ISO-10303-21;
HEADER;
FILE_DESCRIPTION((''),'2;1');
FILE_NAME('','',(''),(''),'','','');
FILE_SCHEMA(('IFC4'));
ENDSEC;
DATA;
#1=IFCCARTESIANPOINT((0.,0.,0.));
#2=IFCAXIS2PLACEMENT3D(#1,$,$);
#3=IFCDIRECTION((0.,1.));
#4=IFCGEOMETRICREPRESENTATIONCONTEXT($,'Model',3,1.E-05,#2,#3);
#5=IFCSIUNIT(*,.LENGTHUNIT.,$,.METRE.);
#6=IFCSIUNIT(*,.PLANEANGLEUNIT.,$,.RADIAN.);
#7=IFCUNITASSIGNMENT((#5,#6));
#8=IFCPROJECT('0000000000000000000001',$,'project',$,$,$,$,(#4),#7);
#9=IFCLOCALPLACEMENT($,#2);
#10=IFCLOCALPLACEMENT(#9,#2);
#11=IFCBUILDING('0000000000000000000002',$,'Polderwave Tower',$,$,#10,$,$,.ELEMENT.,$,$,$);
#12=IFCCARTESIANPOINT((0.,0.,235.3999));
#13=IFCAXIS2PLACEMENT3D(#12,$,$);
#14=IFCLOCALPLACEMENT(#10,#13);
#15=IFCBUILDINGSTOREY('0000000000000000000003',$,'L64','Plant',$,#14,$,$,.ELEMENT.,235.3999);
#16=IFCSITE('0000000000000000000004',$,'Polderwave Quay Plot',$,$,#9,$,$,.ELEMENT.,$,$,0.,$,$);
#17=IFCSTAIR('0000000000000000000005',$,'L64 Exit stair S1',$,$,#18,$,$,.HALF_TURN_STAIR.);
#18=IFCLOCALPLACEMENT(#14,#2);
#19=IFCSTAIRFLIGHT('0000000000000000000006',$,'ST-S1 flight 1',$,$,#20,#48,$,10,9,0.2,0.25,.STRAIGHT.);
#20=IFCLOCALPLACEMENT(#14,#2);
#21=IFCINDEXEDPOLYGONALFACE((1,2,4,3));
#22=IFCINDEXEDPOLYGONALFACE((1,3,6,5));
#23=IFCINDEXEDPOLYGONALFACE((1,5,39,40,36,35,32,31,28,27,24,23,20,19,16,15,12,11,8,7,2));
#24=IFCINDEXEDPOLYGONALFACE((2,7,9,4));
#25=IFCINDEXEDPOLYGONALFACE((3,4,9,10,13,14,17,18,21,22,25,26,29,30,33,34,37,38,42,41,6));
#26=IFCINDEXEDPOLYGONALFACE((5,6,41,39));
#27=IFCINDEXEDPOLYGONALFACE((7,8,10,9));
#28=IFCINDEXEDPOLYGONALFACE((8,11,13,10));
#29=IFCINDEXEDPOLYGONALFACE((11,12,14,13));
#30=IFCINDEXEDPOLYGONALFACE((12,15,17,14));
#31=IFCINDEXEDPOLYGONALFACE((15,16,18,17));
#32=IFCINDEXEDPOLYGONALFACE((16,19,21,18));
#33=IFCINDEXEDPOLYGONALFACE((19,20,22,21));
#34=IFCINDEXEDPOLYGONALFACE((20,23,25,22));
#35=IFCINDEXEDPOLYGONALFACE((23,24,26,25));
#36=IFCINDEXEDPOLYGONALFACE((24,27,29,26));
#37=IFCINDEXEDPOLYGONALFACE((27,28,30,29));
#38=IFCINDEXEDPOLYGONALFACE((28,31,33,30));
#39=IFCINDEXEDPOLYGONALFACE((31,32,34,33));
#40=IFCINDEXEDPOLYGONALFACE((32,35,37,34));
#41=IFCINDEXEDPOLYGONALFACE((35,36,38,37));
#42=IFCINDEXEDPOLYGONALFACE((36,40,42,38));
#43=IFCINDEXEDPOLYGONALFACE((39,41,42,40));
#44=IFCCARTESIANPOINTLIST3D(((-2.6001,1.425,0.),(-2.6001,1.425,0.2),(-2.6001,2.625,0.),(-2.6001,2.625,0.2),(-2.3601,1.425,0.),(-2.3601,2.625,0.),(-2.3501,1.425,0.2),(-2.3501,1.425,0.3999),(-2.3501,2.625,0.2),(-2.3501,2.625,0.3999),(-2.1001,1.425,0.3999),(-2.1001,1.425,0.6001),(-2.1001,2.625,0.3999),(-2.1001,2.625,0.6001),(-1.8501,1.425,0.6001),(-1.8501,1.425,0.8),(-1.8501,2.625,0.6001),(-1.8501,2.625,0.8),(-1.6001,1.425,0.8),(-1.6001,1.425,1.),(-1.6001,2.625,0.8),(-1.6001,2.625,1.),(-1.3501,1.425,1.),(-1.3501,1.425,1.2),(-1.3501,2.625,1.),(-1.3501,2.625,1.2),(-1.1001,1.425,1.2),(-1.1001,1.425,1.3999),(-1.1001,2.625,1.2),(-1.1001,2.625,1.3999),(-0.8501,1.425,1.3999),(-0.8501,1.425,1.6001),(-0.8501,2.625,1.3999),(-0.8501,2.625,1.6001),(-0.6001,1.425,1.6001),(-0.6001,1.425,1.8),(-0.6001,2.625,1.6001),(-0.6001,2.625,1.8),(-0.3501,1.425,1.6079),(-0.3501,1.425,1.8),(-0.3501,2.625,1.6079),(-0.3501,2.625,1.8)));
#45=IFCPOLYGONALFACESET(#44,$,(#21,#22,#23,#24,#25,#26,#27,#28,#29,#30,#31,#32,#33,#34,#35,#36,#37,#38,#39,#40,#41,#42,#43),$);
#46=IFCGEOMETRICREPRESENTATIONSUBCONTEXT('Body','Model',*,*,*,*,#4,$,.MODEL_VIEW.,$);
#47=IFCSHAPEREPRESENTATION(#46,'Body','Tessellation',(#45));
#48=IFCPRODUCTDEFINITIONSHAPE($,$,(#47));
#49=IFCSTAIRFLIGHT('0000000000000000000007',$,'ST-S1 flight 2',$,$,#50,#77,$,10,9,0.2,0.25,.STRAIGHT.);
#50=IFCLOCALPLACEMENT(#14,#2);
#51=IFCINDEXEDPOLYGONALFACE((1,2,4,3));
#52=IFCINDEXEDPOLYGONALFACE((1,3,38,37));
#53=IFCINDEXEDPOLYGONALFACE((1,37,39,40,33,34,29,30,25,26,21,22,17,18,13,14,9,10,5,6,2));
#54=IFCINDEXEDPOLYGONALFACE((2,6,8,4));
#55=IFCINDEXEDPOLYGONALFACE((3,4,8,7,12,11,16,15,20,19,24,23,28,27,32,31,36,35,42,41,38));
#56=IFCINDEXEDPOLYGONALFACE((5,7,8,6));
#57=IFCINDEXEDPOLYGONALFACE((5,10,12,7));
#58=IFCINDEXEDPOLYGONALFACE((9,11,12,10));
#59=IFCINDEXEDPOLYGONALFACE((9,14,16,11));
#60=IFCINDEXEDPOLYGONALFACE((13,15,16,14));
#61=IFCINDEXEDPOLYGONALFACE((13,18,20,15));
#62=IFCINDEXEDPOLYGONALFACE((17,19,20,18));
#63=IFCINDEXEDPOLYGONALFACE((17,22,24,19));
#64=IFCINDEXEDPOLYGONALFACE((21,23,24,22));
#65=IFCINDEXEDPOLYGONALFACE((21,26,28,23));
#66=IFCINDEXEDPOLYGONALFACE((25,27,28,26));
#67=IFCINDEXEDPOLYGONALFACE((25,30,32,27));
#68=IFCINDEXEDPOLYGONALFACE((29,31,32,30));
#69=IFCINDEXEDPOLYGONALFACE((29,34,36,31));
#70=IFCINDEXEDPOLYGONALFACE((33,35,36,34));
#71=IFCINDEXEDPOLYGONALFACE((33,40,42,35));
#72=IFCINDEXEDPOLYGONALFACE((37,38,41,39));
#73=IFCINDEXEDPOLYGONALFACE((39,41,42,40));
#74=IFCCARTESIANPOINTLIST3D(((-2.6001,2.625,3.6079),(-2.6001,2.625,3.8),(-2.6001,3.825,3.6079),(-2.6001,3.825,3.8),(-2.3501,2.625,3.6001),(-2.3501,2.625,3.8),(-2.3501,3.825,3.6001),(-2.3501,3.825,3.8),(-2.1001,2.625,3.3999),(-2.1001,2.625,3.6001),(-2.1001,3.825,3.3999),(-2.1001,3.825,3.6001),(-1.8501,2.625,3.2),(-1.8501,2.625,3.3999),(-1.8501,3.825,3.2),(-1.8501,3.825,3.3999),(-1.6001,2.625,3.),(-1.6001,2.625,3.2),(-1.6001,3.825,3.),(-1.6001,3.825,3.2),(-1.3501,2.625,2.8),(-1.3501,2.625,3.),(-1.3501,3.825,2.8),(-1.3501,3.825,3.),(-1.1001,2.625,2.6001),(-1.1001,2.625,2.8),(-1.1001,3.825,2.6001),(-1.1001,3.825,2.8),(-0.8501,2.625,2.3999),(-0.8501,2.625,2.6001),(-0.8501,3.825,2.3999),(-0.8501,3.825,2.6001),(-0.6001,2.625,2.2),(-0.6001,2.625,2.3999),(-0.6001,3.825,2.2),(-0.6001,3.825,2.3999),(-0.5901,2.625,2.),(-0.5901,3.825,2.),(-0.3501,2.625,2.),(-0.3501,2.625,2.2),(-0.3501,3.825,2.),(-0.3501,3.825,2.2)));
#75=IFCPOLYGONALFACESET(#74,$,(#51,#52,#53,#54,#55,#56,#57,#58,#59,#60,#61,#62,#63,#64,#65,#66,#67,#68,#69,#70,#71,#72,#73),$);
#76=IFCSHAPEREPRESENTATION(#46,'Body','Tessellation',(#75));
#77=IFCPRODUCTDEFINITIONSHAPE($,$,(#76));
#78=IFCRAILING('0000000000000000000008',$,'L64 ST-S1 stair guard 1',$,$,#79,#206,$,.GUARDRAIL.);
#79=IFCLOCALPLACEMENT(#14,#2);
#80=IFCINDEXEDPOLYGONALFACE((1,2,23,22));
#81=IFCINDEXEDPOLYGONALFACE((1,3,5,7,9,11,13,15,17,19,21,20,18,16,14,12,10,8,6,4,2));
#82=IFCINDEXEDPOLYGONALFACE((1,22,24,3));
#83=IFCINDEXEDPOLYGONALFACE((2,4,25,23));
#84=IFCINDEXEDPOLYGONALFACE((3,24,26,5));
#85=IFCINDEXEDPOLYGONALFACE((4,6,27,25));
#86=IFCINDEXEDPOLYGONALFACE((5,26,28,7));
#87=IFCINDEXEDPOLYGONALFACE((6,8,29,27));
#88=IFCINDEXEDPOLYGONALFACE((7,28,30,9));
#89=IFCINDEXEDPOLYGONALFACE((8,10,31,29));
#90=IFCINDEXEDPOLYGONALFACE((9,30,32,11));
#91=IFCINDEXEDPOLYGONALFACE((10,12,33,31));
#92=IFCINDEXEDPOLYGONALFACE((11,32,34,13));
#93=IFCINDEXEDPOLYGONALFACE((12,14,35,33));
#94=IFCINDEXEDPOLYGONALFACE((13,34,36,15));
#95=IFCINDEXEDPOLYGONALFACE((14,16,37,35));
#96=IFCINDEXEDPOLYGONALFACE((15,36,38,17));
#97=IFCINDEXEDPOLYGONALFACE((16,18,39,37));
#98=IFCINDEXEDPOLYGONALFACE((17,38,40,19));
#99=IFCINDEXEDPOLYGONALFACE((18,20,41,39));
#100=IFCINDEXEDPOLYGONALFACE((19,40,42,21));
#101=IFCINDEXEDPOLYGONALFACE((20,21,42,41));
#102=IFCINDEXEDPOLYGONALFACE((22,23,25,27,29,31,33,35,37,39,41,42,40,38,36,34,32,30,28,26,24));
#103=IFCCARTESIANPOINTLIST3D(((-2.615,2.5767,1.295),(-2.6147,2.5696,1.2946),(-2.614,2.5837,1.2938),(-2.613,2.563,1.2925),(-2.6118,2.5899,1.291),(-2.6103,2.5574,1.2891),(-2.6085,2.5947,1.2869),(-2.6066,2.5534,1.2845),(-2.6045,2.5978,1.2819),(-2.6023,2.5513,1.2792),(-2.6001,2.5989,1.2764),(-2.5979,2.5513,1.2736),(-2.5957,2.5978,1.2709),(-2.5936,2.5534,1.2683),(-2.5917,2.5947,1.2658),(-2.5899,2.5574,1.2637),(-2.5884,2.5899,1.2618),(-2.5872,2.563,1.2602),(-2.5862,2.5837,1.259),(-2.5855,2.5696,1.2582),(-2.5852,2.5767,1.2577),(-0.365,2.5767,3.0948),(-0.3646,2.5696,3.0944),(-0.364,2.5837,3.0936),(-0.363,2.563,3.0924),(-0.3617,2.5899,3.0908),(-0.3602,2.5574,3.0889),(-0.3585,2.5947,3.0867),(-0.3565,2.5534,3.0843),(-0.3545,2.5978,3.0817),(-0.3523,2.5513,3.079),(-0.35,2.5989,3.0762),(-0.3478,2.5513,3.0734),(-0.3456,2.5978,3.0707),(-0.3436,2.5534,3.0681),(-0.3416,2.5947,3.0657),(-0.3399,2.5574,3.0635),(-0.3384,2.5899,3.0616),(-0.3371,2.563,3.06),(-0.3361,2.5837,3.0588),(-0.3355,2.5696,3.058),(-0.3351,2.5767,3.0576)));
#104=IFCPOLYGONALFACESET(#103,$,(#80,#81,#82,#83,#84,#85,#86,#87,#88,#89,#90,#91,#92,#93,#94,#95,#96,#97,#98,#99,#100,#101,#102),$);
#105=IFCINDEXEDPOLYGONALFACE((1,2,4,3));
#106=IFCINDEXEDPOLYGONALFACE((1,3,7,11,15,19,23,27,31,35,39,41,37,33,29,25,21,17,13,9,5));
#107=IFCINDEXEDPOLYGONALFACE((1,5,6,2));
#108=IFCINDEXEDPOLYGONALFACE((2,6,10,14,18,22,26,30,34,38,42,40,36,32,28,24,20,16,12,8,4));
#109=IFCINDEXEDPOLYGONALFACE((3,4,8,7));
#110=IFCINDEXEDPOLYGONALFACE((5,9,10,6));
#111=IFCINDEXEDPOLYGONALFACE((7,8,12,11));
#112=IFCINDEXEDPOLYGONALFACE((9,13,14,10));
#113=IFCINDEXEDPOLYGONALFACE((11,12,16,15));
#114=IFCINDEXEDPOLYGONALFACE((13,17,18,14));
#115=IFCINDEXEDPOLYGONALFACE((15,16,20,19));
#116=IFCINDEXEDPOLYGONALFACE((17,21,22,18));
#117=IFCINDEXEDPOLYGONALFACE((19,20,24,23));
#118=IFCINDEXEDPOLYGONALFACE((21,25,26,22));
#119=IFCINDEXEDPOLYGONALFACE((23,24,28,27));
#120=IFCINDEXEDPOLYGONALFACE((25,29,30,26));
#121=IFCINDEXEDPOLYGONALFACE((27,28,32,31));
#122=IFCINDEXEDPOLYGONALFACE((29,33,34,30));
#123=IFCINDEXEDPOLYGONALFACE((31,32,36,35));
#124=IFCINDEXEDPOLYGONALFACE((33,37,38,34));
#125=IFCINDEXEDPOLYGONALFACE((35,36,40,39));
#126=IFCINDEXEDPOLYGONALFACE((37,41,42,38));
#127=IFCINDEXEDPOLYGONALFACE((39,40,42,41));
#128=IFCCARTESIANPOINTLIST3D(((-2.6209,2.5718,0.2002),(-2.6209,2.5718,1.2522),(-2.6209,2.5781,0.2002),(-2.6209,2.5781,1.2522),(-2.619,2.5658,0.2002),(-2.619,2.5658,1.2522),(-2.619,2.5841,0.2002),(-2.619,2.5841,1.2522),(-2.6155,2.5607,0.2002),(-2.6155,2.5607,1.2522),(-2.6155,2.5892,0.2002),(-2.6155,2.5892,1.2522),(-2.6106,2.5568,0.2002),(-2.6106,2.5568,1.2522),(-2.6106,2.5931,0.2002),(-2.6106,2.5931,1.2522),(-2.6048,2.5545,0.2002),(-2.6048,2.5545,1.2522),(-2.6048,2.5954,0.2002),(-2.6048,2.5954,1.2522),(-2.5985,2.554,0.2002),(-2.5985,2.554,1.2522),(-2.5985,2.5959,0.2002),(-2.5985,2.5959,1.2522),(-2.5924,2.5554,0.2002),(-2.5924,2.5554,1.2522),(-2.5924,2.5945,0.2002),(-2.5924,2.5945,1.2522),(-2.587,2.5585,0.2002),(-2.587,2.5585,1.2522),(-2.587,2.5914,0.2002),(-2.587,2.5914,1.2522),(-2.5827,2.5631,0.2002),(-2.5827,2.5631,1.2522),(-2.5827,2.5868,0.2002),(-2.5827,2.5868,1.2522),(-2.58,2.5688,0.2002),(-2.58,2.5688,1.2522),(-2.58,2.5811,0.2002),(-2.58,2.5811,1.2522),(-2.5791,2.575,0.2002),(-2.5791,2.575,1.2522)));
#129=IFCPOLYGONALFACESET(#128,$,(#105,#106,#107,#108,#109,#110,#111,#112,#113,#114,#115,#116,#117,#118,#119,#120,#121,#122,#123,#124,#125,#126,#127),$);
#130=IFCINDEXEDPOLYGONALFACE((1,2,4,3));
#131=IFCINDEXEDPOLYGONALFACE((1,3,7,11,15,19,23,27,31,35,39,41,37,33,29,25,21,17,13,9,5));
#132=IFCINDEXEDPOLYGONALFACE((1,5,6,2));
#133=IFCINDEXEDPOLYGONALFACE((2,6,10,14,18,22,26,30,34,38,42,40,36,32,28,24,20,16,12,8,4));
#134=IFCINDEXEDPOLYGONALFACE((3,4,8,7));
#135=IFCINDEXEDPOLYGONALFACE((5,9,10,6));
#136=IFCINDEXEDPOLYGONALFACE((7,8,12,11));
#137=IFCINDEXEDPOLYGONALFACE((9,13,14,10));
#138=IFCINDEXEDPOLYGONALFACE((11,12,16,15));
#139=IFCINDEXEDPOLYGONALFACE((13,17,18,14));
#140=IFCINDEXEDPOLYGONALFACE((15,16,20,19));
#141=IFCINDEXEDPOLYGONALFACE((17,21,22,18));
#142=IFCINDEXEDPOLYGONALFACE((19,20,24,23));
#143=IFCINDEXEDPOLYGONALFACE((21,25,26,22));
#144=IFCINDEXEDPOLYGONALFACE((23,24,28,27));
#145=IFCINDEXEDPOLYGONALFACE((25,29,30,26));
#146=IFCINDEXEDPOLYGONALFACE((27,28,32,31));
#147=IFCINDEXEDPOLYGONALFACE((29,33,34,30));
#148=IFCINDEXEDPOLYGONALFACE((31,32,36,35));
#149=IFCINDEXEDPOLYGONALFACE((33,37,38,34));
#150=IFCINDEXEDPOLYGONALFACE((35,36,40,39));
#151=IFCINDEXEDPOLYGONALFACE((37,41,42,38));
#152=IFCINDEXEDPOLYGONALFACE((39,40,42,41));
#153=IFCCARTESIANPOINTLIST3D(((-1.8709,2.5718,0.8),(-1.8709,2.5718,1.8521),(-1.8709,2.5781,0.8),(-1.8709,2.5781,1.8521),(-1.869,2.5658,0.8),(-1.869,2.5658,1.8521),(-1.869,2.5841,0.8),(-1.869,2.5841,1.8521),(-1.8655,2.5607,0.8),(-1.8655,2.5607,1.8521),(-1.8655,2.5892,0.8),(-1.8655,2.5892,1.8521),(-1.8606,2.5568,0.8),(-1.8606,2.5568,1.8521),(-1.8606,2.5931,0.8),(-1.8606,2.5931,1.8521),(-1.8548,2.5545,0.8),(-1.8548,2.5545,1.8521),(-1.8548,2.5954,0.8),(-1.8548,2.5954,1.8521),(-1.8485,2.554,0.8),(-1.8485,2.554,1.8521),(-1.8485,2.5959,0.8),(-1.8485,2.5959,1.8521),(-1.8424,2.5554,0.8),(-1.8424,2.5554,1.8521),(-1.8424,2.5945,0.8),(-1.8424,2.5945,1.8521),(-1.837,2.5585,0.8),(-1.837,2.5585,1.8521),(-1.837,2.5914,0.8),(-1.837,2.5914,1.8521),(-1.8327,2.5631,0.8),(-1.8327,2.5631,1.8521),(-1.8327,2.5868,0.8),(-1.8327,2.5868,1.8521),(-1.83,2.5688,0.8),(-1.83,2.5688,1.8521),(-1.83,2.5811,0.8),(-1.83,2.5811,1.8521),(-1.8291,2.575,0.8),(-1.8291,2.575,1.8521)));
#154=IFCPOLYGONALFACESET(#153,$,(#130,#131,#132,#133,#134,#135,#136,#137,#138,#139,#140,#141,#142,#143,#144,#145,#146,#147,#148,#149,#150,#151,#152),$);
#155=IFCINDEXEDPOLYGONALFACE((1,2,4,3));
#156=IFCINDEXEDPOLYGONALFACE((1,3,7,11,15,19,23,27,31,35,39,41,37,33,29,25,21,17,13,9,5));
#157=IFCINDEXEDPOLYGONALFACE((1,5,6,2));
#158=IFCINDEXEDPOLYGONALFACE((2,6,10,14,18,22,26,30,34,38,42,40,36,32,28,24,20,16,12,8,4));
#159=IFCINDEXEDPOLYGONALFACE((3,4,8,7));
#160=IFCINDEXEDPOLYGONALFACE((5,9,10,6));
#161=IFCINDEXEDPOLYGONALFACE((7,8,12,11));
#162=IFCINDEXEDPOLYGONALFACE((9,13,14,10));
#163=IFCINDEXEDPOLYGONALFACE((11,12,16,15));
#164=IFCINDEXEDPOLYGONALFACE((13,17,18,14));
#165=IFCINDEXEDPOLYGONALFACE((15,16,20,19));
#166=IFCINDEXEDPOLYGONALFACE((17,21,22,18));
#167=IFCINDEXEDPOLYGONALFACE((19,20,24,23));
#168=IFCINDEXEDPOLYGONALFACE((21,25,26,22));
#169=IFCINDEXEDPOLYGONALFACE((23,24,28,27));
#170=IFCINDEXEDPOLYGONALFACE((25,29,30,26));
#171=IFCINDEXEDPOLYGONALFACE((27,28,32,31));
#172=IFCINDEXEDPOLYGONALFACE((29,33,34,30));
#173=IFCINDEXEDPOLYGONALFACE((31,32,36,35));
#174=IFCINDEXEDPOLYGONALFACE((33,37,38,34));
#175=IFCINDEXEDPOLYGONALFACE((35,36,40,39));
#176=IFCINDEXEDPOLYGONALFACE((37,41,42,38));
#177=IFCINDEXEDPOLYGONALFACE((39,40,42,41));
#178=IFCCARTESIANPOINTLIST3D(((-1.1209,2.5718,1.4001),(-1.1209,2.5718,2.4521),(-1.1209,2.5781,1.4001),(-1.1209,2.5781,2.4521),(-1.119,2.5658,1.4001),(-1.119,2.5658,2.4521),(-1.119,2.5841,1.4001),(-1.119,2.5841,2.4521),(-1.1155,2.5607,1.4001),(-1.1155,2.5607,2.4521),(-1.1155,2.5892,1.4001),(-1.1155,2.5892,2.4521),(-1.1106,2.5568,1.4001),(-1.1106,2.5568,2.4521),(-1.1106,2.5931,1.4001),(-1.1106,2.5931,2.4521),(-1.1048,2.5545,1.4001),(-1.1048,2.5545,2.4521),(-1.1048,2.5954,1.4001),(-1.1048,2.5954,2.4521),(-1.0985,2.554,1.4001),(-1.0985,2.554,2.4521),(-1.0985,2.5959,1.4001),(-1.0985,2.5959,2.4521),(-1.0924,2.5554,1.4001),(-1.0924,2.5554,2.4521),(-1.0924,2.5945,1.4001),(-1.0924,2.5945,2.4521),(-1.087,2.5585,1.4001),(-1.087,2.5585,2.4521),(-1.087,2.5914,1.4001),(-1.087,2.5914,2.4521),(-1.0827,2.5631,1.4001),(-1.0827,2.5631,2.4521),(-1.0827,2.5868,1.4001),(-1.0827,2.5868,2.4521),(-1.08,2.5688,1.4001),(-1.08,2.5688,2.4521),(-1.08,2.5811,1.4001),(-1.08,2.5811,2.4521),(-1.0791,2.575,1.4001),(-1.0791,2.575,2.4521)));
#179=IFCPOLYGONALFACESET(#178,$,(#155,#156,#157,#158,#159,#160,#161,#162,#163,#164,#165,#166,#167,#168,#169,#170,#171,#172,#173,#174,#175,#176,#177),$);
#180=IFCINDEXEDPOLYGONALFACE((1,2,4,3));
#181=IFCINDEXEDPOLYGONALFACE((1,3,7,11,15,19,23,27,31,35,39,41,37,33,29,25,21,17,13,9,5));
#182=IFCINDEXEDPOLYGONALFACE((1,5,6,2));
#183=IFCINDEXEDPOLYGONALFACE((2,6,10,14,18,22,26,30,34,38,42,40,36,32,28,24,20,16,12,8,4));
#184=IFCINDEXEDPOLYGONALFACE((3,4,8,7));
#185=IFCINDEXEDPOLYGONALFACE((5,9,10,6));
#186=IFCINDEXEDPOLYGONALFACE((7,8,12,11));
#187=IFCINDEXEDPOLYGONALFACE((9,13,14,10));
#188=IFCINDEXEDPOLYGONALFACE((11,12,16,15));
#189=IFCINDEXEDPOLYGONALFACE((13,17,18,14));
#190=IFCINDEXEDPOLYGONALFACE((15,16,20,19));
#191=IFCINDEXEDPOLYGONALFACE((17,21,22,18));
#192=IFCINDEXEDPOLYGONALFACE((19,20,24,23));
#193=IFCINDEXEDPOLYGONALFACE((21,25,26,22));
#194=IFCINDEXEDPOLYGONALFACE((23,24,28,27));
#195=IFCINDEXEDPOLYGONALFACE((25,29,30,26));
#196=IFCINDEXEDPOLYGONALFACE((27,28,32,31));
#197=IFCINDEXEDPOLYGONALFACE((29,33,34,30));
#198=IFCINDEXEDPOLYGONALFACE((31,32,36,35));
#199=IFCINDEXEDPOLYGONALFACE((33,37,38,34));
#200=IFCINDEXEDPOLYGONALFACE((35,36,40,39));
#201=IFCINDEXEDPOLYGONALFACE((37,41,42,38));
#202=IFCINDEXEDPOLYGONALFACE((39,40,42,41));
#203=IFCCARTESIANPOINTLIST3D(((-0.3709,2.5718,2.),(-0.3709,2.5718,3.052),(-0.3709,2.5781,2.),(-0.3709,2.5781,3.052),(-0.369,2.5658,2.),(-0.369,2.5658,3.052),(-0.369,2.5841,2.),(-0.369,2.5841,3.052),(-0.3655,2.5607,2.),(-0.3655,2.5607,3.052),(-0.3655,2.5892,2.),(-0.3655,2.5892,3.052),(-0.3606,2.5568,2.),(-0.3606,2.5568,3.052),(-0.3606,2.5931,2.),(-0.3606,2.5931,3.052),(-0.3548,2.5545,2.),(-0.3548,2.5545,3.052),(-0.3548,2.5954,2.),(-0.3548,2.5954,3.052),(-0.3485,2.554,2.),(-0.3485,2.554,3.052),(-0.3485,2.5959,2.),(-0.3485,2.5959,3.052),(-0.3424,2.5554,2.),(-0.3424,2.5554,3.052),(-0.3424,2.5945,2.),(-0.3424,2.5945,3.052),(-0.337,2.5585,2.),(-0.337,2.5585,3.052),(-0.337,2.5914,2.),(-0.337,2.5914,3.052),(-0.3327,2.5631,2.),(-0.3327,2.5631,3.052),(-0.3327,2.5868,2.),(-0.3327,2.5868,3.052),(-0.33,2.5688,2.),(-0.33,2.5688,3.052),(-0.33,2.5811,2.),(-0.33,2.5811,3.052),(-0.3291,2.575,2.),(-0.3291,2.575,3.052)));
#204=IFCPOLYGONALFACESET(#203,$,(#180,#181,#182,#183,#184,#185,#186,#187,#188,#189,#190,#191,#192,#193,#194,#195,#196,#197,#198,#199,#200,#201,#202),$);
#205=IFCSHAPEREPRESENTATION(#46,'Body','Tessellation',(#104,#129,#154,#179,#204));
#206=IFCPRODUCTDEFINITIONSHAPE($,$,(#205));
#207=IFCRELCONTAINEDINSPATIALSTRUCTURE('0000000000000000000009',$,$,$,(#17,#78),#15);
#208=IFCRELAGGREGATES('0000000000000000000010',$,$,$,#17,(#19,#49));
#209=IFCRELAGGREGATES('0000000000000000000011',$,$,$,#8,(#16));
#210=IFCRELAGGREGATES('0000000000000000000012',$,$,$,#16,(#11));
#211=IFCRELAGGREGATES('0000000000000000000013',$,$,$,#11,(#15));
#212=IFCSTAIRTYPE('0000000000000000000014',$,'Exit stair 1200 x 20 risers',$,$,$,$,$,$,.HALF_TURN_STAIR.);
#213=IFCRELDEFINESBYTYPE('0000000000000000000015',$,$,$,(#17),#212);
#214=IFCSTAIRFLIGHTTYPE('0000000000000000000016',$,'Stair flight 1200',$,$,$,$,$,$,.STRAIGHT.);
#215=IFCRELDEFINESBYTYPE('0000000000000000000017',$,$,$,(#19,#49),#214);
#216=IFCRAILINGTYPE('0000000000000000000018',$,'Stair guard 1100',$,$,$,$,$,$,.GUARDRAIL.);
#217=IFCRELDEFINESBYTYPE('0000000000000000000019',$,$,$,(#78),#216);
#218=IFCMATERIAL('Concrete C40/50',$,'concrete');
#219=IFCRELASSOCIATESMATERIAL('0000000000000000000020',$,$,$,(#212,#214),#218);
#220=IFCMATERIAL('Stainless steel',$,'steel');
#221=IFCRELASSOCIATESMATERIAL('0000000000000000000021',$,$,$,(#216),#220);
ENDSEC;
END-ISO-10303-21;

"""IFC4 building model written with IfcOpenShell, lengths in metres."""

from ifc_helpers import new_model, si_unit, direction, frame, origin, origin_2d, place, context, subcontext, project, spatial, polyline, circle, outline, extrude, material, type_object, element, aggregate, save


model = new_model("IFC4")

# Units and contexts
model_context = context("Model", 3, precision=1e-05, world=origin(), true_north=direction((0.0, 1.0)))
body_context = subcontext(model_context, "Body", "Model", "MODEL_VIEW")
ifc_project = project(units=[si_unit("LENGTHUNIT", "METRE"), si_unit("PLANEANGLEUNIT", "RADIAN")], contexts=[model_context])

# Site, building, storey
site_placement = place(None, origin())
site = spatial("IfcSite", under=ifc_project, at=site_placement, Name="Polderwave Quay Plot", CompositionType="ELEMENT", RefElevation=0.0)
building_placement = place(site_placement, origin())
building = spatial("IfcBuilding", under=site, at=building_placement, Name="Polderwave Tower", CompositionType="ELEMENT")
storey_placement = place(building_placement, frame((0.0, 0.0, 235.3999)))
storey = spatial("IfcBuildingStorey", under=building, at=storey_placement, Name="L64", Description="Plant", CompositionType="ELEMENT", Elevation=235.3999)

# Shared definitions
ifc_material_1 = material(Name="Concrete C40/50", Category="concrete")
stair_type = type_object("IfcStairType", Name="Exit stair 1200 x 20 risers", PredefinedType="HALF_TURN_STAIR", material=ifc_material_1)

# Stair, stair flights
stair_1_placement = place(storey_placement, origin())
stair_1 = element("IfcStair", 1, at=stair_1_placement, inside=storey, type_object=stair_type, Name="L64 Exit stair S1", PredefinedType="HALF_TURN_STAIR")
stair_flight_type = type_object("IfcStairFlightType", Name="Stair flight 1200", PredefinedType="STRAIGHT", material=ifc_material_1)
stair_flight_1_placement = place(storey_placement, frame((-2.6001, 2.0249, 0.0), z_axis=(0.0, 0.0, 1.0), x_axis=(1.0, 0.0, 0.0)))
stair_flight_1 = element("IfcStairFlight", 2, at=stair_flight_1_placement, type_object=stair_flight_type, Name="ST-S1 flight 1", NumberOfRisers=10, NumberOfTreads=9, PredefinedType="STRAIGHT", RiserHeight=0.2, TreadLength=0.25, context=body_context, shape_type="SweptSolid", body=[
    extrude(outline(polyline([(0.0, 0.0), (0.0, 0.2), (0.25, 0.2), (0.25, 0.3999), (0.5, 0.3999), (0.5, 0.6001), (0.75, 0.6001), (0.75, 0.8), (1.0, 0.8), (1.0, 1.0), (1.25, 1.0), (1.25, 1.2), (1.5, 1.2), (1.5, 1.3999), (1.75, 1.3999), (1.75, 1.6001), (2.0, 1.6001), (2.0, 1.8), (2.25, 1.8), (2.25, 2.0), (2.25, 1.6079), (0.24, 0.0), (0.0, 0.0)])), frame((0.0, 0.6001, 0.0), z_axis=(0.0, -1.0, 0.0), x_axis=(1.0, 0.0, 0.0)), (0.0, 0.0, 1.0), 1.2),
])
stair_flight_2_placement = place(storey_placement, frame((-0.3501, 3.2251, 2.0), z_axis=(0.0, 0.0, 1.0), x_axis=(-1.0, 0.0, 0.0)))
stair_flight_2 = element("IfcStairFlight", 3, at=stair_flight_2_placement, type_object=stair_flight_type, Name="ST-S1 flight 2", NumberOfRisers=10, NumberOfTreads=9, PredefinedType="STRAIGHT", RiserHeight=0.2, TreadLength=0.25, context=body_context, shape_type="SweptSolid", body=[
    extrude(outline(polyline([(0.0, 0.0), (0.0, 0.2), (0.25, 0.2), (0.25, 0.3999), (0.5, 0.3999), (0.5, 0.6001), (0.75, 0.6001), (0.75, 0.8), (1.0, 0.8), (1.0, 1.0), (1.25, 1.0), (1.25, 1.2), (1.5, 1.2), (1.5, 1.3999), (1.75, 1.3999), (1.75, 1.6001), (2.0, 1.6001), (2.0, 1.8), (2.25, 1.8), (2.25, 2.0), (2.25, 1.6079), (0.24, 0.0), (0.0, 0.0)])), frame((0.0, 0.6001, 0.0), z_axis=(0.0, -1.0, 0.0), x_axis=(1.0, 0.0, 0.0)), (0.0, 0.0, 1.0), 1.2),
])
aggregate(stair_1, [stair_flight_1, stair_flight_2])

# Railing
ifc_material_2 = material(Name="Stainless steel", Category="steel")
railing_type_1 = type_object("IfcRailingType", Name="Stair guard 1100", PredefinedType="GUARDRAIL", material=ifc_material_2)
railing_1_placement = place(storey_placement, frame((-2.6001, 2.575, 0.2002)))
element("IfcRailing", 4, at=railing_1_placement, inside=storey, type_object=railing_type_1, Name="L64 ST-S1 stair guard 1", PredefinedType="GUARDRAIL", context=body_context, shape_type="SweptSolid", body=[
    extrude(circle(Radius=0.0239, at=origin_2d()), frame((0.0, 0.0, 1.0762), z_axis=(0.780902, 0.0, 0.624654), x_axis=(0.0, 1.0, 0.0)), (0.0, 0.0, 1.0), 2.8813),
    extrude(circle(Radius=0.021, at=origin_2d()), origin(), (0.0, 0.0, 1.0), 1.052),
    extrude(circle(Radius=0.021, at=origin_2d()), frame((0.75, 0.0, 0.5999)), (0.0, 0.0, 1.0), 1.052),
    extrude(circle(Radius=0.021, at=origin_2d()), frame((1.5, 0.0, 1.2)), (0.0, 0.0, 1.0), 1.052),
    extrude(circle(Radius=0.021, at=origin_2d()), frame((2.25, 0.0, 1.7998)), (0.0, 0.0, 1.0), 1.052),
])

save(model, "model.ifc")
